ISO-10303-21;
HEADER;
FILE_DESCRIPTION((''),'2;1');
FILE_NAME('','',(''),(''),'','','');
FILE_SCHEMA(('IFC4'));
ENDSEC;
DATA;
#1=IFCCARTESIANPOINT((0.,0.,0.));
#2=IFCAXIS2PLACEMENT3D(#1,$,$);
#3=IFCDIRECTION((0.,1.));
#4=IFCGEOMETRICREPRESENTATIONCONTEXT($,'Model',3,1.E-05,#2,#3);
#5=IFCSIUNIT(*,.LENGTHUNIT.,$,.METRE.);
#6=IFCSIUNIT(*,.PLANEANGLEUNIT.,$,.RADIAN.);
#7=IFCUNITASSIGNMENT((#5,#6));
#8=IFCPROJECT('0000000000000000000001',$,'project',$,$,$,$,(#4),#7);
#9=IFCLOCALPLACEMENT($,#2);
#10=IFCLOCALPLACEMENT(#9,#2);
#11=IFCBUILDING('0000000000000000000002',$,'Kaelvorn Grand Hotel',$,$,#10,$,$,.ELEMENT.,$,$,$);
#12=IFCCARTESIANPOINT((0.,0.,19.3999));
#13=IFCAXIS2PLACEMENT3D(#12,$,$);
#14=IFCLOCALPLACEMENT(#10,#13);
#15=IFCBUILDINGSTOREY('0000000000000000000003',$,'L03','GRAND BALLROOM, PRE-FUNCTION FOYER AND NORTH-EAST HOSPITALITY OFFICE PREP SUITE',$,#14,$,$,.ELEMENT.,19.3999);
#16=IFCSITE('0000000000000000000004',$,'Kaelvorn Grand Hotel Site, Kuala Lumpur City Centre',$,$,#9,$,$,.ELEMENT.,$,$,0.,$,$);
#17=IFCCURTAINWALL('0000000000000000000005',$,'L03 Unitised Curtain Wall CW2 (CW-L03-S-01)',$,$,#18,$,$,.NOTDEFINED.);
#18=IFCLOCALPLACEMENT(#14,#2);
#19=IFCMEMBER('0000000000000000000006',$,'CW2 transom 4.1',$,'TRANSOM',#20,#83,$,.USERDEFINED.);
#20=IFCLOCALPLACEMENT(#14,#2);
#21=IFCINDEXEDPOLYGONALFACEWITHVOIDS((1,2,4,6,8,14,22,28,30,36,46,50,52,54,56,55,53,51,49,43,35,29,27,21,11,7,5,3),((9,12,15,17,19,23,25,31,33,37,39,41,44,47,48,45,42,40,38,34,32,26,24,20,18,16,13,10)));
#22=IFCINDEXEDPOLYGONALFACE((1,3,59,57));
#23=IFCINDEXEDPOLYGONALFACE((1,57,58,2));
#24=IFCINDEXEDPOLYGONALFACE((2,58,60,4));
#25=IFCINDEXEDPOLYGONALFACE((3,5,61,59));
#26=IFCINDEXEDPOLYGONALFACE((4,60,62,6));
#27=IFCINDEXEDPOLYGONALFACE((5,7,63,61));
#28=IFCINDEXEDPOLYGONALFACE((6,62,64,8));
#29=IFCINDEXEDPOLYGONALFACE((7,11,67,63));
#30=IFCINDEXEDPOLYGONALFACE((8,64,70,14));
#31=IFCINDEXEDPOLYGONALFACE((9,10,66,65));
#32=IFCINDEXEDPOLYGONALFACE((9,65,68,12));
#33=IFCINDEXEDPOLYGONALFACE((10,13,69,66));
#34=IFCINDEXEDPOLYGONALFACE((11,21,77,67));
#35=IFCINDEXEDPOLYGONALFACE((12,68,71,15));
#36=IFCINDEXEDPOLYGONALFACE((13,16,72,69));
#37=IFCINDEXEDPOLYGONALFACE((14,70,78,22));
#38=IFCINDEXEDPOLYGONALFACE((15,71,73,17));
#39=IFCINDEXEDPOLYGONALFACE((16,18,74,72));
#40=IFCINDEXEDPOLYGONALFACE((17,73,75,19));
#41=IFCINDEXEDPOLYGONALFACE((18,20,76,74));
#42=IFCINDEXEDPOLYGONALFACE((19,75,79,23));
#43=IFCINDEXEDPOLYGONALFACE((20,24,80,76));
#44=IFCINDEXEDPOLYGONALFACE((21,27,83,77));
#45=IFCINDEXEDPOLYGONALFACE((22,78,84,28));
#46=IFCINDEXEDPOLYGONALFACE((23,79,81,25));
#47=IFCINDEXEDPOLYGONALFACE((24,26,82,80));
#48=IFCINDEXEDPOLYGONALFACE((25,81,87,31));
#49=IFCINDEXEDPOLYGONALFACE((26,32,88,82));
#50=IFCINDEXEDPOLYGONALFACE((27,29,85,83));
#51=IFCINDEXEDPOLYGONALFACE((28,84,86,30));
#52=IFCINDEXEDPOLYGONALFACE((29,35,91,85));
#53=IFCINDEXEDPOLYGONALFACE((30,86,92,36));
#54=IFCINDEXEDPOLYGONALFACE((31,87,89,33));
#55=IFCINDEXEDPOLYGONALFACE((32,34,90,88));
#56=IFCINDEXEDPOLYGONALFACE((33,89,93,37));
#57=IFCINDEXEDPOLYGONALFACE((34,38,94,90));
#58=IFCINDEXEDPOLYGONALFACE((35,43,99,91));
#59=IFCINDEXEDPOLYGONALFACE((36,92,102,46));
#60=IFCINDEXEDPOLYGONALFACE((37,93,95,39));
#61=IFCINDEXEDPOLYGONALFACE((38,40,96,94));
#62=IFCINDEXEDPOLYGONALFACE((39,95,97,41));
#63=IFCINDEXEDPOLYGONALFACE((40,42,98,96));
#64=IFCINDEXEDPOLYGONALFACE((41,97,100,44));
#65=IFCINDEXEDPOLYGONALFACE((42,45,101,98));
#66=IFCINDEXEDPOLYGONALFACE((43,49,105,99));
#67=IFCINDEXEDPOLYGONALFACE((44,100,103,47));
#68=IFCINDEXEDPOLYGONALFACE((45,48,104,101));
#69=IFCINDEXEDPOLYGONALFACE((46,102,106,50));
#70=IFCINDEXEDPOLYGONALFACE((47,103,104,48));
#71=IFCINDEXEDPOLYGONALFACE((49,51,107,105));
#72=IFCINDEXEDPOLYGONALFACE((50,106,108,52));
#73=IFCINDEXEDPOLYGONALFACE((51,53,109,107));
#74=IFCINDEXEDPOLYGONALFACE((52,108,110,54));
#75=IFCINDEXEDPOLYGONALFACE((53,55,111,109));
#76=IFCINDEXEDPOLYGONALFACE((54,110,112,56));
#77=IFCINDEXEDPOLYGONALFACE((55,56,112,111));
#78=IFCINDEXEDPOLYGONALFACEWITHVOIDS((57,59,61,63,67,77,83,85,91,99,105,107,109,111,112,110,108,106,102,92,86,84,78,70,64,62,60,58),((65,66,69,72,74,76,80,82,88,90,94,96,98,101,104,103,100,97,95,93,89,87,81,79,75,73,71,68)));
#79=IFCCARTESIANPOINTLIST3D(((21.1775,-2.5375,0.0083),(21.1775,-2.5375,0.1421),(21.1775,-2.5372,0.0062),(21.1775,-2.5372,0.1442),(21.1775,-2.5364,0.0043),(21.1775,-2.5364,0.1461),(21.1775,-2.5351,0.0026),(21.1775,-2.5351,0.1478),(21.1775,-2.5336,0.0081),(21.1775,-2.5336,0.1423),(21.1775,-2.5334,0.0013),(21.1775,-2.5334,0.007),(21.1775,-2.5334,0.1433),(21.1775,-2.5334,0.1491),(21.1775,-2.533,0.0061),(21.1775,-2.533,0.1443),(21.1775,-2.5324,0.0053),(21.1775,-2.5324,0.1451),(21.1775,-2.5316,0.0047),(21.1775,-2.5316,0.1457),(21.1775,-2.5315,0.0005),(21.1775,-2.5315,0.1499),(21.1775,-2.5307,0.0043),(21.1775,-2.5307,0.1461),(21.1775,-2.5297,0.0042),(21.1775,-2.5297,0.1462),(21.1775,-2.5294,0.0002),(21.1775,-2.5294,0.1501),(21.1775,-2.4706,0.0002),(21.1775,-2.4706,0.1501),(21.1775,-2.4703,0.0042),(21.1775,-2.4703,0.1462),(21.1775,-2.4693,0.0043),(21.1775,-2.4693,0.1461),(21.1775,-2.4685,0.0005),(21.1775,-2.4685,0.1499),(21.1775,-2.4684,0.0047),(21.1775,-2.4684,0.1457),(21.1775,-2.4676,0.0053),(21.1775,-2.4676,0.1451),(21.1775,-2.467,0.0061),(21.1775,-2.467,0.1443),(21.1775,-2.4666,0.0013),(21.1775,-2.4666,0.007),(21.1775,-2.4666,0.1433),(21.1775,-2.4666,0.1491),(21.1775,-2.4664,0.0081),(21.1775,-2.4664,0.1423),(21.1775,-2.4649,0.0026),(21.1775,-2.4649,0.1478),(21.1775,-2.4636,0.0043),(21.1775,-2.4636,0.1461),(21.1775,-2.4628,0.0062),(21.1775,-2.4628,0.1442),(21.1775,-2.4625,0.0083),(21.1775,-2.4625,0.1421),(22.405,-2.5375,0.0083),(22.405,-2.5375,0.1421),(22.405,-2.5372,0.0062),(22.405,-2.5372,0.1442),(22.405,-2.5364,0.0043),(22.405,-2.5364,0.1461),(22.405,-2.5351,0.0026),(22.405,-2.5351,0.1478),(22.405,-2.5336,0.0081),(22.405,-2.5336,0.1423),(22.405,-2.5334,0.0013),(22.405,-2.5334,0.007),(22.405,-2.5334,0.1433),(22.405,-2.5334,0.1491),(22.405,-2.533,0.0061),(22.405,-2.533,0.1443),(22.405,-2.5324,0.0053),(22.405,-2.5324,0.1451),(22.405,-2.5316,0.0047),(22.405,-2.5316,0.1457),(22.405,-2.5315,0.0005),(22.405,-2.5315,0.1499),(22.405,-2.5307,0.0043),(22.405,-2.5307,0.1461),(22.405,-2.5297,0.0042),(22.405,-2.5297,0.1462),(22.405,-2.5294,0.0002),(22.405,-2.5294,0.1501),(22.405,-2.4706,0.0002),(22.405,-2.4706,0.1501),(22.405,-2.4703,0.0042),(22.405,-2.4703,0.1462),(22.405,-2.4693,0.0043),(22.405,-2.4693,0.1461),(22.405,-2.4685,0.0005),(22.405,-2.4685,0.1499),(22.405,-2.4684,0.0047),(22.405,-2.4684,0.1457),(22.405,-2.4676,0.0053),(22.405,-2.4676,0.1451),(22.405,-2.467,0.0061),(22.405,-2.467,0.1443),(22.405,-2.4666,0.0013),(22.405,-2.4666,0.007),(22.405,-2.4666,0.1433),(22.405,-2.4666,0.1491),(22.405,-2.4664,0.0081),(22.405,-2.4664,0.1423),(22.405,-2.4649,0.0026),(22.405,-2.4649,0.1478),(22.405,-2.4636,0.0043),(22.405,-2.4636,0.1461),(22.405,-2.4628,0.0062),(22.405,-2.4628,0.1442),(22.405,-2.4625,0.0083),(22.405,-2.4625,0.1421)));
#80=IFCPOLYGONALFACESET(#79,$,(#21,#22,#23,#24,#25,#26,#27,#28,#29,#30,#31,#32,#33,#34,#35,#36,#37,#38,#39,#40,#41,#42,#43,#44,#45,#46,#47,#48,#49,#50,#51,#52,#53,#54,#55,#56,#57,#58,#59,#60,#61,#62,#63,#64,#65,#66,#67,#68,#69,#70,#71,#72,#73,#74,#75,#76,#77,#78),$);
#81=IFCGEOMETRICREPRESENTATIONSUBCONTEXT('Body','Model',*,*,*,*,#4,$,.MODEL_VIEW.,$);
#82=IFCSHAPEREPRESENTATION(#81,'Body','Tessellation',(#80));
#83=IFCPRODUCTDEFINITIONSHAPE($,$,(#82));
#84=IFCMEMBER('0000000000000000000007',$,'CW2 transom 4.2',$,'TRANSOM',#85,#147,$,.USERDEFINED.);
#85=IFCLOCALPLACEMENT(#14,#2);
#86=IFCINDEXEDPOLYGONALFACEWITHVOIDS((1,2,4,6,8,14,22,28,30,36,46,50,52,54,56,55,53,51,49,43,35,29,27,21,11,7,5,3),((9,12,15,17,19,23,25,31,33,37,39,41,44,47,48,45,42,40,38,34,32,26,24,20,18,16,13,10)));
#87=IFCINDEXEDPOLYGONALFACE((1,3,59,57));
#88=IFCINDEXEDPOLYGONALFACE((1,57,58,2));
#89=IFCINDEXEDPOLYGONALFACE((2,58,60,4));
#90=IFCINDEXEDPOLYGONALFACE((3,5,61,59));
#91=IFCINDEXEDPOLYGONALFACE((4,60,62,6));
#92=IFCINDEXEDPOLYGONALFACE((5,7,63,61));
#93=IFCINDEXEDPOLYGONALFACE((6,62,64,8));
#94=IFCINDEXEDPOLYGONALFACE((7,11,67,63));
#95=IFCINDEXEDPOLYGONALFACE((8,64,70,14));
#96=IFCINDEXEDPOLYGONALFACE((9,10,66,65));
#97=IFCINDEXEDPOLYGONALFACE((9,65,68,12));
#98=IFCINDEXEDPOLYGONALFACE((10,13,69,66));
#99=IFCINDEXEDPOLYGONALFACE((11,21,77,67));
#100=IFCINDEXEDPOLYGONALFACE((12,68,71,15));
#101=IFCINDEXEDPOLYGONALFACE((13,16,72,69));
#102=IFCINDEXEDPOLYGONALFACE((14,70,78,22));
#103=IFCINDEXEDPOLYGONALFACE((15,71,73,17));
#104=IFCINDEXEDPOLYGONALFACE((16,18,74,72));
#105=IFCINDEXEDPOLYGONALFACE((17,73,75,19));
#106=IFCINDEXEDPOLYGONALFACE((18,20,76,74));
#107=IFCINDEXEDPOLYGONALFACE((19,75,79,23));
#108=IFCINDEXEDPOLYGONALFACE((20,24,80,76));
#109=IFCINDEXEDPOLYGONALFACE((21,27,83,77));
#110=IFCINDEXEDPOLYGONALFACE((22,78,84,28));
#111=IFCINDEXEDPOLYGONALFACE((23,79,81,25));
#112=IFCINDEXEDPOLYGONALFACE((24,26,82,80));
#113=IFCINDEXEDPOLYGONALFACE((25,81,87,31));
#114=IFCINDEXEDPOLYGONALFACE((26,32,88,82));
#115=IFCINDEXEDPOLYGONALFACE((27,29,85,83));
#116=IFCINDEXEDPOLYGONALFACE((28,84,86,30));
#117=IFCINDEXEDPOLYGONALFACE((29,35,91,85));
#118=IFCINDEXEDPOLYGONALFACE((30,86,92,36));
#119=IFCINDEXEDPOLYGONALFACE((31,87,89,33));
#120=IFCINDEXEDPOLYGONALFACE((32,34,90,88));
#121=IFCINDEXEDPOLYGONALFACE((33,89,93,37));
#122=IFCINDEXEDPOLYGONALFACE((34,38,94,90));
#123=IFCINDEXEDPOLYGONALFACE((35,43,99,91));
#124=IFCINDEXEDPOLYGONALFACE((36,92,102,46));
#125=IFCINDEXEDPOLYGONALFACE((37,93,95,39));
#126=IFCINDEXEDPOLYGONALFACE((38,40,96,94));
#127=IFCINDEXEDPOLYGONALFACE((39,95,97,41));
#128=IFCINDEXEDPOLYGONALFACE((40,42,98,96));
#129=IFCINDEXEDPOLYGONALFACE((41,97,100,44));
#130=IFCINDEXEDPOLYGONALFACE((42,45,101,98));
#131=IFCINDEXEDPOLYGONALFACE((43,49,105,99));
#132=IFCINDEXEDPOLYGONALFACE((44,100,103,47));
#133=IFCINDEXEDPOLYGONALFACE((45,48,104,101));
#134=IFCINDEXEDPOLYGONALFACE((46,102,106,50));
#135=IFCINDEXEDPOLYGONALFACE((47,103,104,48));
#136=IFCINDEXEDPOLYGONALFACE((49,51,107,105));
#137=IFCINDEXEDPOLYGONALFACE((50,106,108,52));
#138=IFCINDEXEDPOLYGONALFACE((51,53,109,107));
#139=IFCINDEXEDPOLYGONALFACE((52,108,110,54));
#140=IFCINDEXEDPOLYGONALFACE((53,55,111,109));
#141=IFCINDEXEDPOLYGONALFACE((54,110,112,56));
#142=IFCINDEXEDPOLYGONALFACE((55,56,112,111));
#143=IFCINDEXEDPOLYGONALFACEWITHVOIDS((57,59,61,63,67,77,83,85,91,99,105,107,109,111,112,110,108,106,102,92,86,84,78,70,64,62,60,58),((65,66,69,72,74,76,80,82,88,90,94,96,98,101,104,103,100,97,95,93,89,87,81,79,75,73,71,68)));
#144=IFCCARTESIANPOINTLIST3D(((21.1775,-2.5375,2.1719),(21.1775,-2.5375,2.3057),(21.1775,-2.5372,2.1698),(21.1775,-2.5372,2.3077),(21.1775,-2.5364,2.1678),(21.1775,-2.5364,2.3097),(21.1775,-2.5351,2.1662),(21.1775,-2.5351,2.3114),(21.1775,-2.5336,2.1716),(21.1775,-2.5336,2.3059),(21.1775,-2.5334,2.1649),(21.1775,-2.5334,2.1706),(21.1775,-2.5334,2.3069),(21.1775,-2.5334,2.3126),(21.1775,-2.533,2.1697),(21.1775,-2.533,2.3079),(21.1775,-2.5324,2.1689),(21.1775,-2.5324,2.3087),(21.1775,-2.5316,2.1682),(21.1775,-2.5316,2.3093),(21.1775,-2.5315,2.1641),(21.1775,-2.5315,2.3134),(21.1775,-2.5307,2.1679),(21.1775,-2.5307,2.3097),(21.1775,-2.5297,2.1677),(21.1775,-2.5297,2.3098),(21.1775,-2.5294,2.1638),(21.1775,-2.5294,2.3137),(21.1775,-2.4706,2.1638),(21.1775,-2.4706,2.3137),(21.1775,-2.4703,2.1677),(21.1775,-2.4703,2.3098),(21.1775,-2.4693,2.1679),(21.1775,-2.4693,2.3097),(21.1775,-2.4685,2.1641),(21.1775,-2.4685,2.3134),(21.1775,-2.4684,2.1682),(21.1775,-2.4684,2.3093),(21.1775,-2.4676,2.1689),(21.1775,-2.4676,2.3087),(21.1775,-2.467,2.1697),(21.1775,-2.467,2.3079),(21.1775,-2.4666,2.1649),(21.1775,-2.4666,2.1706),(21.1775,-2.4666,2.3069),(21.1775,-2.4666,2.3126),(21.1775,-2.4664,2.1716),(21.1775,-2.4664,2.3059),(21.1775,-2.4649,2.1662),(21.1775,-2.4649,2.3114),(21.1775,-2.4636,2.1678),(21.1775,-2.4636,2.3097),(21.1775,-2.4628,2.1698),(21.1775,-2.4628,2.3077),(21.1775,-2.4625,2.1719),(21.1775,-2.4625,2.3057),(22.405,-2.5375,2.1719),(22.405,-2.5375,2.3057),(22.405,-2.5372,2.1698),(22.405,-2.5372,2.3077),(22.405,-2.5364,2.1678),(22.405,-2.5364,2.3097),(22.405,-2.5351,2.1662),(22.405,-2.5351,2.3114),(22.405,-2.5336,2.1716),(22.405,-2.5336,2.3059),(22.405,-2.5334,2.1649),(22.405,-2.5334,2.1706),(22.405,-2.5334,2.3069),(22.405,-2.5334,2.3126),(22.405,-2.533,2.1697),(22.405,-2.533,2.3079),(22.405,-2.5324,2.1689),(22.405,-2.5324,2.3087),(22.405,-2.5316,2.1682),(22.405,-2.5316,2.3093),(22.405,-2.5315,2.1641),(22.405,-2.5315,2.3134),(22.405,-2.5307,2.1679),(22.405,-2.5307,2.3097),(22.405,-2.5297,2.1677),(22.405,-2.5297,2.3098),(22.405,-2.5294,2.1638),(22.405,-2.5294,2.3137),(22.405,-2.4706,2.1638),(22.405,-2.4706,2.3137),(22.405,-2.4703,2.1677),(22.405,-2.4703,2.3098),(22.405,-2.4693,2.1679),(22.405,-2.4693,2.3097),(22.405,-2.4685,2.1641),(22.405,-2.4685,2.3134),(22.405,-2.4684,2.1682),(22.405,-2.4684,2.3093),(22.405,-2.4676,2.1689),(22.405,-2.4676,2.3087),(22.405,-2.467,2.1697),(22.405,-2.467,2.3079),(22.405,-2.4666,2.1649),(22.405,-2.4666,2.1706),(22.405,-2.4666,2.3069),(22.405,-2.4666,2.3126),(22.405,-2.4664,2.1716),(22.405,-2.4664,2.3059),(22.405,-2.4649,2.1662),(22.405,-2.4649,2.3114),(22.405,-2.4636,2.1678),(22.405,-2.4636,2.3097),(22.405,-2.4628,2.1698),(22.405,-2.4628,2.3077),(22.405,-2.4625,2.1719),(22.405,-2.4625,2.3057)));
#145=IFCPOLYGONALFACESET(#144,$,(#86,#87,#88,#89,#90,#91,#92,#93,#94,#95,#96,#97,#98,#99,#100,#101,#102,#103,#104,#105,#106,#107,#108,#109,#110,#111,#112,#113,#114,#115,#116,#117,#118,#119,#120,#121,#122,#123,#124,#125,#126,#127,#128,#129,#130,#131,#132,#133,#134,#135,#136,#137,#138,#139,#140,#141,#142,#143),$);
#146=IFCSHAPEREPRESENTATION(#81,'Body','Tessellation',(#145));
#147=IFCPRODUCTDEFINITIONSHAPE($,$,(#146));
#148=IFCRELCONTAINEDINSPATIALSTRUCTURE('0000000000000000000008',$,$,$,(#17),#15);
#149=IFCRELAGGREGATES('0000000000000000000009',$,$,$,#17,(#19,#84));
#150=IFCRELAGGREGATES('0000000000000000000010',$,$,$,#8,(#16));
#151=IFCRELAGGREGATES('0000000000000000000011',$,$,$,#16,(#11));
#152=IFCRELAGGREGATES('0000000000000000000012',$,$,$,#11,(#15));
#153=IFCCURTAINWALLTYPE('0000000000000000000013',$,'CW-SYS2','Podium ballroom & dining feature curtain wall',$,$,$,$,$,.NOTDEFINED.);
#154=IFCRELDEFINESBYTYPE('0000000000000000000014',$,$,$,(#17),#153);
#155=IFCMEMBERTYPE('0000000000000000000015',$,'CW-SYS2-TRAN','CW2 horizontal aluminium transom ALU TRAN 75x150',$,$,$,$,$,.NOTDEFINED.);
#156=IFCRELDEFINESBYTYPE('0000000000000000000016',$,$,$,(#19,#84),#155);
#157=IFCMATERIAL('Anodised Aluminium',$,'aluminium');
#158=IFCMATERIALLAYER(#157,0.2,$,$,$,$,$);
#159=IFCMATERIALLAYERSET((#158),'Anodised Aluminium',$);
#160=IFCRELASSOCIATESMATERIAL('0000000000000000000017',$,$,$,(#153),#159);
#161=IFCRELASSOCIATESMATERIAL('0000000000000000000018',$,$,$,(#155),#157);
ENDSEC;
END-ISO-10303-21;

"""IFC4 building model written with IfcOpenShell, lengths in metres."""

from ifc_helpers import new_model, si_unit, direction, frame, origin, origin_2d, place, context, subcontext, project, spatial, hollow_rectangle, extrude, material, layer, layer_set, material_profile, profile_set, type_object, element, aggregate, save


model = new_model("IFC4")

# Units and contexts
model_context = context("Model", 3, precision=1e-05, world=origin(), true_north=direction((0.0, 1.0)))
body_context = subcontext(model_context, "Body", "Model", "MODEL_VIEW")
ifc_project = project(units=[si_unit("LENGTHUNIT", "METRE"), si_unit("PLANEANGLEUNIT", "RADIAN")], contexts=[model_context])

# Site, building, storey
site_placement = place(None, origin())
site = spatial("IfcSite", under=ifc_project, at=site_placement, Name="Kaelvorn Grand Hotel Site, Kuala Lumpur City Centre", CompositionType="ELEMENT", RefElevation=0.0)
building_placement = place(site_placement, origin())
building = spatial("IfcBuilding", under=site, at=building_placement, Name="Kaelvorn Grand Hotel", CompositionType="ELEMENT")
storey_placement = place(building_placement, frame((0.0, 0.0, 19.3999)))
storey = spatial("IfcBuildingStorey", under=building, at=storey_placement, Name="L03", Description="GRAND BALLROOM, PRE-FUNCTION FOYER AND NORTH-EAST HOSPITALITY OFFICE PREP SUITE", CompositionType="ELEMENT", Elevation=19.3999)

# Curtain wall, members
ifc_material_1 = material(Name="Anodised Aluminium", Category="aluminium")
ifc_layer_1 = layer(ifc_material_1, 0.2)
ifc_layer_set_1 = layer_set([ifc_layer_1], Name="Anodised Aluminium")
curtain_wall_type = type_object("IfcCurtainWallType", Name="CW-SYS2", Description="Podium ballroom & dining feature curtain wall", PredefinedType="NOTDEFINED", material=ifc_layer_set_1)
curtain_wall_placement = place(storey_placement, origin())
curtain_wall = element("IfcCurtainWall", 1, at=curtain_wall_placement, inside=storey, type_object=curtain_wall_type, Name="L03 Unitised Curtain Wall CW2 (CW-L03-S-01)", PredefinedType="NOTDEFINED")
ifc_material_profile_1 = material_profile(ifc_material_1, hollow_rectangle(XDim=0.075, YDim=0.1499, WallThickness=0.0039, InnerFilletRadius=0.0039, OuterFilletRadius=0.0081, at=origin_2d()), Name="ALU TRAN 75x150")
ifc_profile_set_1 = profile_set([ifc_material_profile_1], Name="Anodised Aluminium")
member_type_1 = type_object("IfcMemberType", Name="CW-SYS2-TRAN", Description="CW2 horizontal aluminium transom ALU TRAN 75x150", PredefinedType="NOTDEFINED", material=ifc_profile_set_1)
member_1_placement = place(storey_placement, frame((21.1775, -2.5, 0.0752), z_axis=(1.0, 0.0, 0.0), x_axis=(0.0, 1.0, 0.0)))
member_1 = element("IfcMember", 2, at=member_1_placement, type_object=member_type_1, Name="CW2 transom 4.1", ObjectType="TRANSOM", PredefinedType="USERDEFINED", context=body_context, shape_type="SweptSolid", body=[
    extrude(hollow_rectangle(XDim=0.075, YDim=0.1499, WallThickness=0.0039, InnerFilletRadius=0.0039, OuterFilletRadius=0.0081, at=origin_2d()), origin(), (0.0, 0.0, 1.0), 1.2275),
])
member_2_placement = place(storey_placement, frame((21.1775, -2.5, 2.2388), z_axis=(1.0, 0.0, 0.0), x_axis=(0.0, 1.0, 0.0)))
member_2 = element("IfcMember", 3, at=member_2_placement, type_object=member_type_1, Name="CW2 transom 4.2", ObjectType="TRANSOM", PredefinedType="USERDEFINED", context=body_context, shape_type="SweptSolid", body=[
    extrude(hollow_rectangle(XDim=0.075, YDim=0.1499, WallThickness=0.0039, InnerFilletRadius=0.0039, OuterFilletRadius=0.0081, at=origin_2d()), origin(), (0.0, 0.0, 1.0), 1.2275),
])
aggregate(curtain_wall, [member_1, member_2])

save(model, "model.ifc")
